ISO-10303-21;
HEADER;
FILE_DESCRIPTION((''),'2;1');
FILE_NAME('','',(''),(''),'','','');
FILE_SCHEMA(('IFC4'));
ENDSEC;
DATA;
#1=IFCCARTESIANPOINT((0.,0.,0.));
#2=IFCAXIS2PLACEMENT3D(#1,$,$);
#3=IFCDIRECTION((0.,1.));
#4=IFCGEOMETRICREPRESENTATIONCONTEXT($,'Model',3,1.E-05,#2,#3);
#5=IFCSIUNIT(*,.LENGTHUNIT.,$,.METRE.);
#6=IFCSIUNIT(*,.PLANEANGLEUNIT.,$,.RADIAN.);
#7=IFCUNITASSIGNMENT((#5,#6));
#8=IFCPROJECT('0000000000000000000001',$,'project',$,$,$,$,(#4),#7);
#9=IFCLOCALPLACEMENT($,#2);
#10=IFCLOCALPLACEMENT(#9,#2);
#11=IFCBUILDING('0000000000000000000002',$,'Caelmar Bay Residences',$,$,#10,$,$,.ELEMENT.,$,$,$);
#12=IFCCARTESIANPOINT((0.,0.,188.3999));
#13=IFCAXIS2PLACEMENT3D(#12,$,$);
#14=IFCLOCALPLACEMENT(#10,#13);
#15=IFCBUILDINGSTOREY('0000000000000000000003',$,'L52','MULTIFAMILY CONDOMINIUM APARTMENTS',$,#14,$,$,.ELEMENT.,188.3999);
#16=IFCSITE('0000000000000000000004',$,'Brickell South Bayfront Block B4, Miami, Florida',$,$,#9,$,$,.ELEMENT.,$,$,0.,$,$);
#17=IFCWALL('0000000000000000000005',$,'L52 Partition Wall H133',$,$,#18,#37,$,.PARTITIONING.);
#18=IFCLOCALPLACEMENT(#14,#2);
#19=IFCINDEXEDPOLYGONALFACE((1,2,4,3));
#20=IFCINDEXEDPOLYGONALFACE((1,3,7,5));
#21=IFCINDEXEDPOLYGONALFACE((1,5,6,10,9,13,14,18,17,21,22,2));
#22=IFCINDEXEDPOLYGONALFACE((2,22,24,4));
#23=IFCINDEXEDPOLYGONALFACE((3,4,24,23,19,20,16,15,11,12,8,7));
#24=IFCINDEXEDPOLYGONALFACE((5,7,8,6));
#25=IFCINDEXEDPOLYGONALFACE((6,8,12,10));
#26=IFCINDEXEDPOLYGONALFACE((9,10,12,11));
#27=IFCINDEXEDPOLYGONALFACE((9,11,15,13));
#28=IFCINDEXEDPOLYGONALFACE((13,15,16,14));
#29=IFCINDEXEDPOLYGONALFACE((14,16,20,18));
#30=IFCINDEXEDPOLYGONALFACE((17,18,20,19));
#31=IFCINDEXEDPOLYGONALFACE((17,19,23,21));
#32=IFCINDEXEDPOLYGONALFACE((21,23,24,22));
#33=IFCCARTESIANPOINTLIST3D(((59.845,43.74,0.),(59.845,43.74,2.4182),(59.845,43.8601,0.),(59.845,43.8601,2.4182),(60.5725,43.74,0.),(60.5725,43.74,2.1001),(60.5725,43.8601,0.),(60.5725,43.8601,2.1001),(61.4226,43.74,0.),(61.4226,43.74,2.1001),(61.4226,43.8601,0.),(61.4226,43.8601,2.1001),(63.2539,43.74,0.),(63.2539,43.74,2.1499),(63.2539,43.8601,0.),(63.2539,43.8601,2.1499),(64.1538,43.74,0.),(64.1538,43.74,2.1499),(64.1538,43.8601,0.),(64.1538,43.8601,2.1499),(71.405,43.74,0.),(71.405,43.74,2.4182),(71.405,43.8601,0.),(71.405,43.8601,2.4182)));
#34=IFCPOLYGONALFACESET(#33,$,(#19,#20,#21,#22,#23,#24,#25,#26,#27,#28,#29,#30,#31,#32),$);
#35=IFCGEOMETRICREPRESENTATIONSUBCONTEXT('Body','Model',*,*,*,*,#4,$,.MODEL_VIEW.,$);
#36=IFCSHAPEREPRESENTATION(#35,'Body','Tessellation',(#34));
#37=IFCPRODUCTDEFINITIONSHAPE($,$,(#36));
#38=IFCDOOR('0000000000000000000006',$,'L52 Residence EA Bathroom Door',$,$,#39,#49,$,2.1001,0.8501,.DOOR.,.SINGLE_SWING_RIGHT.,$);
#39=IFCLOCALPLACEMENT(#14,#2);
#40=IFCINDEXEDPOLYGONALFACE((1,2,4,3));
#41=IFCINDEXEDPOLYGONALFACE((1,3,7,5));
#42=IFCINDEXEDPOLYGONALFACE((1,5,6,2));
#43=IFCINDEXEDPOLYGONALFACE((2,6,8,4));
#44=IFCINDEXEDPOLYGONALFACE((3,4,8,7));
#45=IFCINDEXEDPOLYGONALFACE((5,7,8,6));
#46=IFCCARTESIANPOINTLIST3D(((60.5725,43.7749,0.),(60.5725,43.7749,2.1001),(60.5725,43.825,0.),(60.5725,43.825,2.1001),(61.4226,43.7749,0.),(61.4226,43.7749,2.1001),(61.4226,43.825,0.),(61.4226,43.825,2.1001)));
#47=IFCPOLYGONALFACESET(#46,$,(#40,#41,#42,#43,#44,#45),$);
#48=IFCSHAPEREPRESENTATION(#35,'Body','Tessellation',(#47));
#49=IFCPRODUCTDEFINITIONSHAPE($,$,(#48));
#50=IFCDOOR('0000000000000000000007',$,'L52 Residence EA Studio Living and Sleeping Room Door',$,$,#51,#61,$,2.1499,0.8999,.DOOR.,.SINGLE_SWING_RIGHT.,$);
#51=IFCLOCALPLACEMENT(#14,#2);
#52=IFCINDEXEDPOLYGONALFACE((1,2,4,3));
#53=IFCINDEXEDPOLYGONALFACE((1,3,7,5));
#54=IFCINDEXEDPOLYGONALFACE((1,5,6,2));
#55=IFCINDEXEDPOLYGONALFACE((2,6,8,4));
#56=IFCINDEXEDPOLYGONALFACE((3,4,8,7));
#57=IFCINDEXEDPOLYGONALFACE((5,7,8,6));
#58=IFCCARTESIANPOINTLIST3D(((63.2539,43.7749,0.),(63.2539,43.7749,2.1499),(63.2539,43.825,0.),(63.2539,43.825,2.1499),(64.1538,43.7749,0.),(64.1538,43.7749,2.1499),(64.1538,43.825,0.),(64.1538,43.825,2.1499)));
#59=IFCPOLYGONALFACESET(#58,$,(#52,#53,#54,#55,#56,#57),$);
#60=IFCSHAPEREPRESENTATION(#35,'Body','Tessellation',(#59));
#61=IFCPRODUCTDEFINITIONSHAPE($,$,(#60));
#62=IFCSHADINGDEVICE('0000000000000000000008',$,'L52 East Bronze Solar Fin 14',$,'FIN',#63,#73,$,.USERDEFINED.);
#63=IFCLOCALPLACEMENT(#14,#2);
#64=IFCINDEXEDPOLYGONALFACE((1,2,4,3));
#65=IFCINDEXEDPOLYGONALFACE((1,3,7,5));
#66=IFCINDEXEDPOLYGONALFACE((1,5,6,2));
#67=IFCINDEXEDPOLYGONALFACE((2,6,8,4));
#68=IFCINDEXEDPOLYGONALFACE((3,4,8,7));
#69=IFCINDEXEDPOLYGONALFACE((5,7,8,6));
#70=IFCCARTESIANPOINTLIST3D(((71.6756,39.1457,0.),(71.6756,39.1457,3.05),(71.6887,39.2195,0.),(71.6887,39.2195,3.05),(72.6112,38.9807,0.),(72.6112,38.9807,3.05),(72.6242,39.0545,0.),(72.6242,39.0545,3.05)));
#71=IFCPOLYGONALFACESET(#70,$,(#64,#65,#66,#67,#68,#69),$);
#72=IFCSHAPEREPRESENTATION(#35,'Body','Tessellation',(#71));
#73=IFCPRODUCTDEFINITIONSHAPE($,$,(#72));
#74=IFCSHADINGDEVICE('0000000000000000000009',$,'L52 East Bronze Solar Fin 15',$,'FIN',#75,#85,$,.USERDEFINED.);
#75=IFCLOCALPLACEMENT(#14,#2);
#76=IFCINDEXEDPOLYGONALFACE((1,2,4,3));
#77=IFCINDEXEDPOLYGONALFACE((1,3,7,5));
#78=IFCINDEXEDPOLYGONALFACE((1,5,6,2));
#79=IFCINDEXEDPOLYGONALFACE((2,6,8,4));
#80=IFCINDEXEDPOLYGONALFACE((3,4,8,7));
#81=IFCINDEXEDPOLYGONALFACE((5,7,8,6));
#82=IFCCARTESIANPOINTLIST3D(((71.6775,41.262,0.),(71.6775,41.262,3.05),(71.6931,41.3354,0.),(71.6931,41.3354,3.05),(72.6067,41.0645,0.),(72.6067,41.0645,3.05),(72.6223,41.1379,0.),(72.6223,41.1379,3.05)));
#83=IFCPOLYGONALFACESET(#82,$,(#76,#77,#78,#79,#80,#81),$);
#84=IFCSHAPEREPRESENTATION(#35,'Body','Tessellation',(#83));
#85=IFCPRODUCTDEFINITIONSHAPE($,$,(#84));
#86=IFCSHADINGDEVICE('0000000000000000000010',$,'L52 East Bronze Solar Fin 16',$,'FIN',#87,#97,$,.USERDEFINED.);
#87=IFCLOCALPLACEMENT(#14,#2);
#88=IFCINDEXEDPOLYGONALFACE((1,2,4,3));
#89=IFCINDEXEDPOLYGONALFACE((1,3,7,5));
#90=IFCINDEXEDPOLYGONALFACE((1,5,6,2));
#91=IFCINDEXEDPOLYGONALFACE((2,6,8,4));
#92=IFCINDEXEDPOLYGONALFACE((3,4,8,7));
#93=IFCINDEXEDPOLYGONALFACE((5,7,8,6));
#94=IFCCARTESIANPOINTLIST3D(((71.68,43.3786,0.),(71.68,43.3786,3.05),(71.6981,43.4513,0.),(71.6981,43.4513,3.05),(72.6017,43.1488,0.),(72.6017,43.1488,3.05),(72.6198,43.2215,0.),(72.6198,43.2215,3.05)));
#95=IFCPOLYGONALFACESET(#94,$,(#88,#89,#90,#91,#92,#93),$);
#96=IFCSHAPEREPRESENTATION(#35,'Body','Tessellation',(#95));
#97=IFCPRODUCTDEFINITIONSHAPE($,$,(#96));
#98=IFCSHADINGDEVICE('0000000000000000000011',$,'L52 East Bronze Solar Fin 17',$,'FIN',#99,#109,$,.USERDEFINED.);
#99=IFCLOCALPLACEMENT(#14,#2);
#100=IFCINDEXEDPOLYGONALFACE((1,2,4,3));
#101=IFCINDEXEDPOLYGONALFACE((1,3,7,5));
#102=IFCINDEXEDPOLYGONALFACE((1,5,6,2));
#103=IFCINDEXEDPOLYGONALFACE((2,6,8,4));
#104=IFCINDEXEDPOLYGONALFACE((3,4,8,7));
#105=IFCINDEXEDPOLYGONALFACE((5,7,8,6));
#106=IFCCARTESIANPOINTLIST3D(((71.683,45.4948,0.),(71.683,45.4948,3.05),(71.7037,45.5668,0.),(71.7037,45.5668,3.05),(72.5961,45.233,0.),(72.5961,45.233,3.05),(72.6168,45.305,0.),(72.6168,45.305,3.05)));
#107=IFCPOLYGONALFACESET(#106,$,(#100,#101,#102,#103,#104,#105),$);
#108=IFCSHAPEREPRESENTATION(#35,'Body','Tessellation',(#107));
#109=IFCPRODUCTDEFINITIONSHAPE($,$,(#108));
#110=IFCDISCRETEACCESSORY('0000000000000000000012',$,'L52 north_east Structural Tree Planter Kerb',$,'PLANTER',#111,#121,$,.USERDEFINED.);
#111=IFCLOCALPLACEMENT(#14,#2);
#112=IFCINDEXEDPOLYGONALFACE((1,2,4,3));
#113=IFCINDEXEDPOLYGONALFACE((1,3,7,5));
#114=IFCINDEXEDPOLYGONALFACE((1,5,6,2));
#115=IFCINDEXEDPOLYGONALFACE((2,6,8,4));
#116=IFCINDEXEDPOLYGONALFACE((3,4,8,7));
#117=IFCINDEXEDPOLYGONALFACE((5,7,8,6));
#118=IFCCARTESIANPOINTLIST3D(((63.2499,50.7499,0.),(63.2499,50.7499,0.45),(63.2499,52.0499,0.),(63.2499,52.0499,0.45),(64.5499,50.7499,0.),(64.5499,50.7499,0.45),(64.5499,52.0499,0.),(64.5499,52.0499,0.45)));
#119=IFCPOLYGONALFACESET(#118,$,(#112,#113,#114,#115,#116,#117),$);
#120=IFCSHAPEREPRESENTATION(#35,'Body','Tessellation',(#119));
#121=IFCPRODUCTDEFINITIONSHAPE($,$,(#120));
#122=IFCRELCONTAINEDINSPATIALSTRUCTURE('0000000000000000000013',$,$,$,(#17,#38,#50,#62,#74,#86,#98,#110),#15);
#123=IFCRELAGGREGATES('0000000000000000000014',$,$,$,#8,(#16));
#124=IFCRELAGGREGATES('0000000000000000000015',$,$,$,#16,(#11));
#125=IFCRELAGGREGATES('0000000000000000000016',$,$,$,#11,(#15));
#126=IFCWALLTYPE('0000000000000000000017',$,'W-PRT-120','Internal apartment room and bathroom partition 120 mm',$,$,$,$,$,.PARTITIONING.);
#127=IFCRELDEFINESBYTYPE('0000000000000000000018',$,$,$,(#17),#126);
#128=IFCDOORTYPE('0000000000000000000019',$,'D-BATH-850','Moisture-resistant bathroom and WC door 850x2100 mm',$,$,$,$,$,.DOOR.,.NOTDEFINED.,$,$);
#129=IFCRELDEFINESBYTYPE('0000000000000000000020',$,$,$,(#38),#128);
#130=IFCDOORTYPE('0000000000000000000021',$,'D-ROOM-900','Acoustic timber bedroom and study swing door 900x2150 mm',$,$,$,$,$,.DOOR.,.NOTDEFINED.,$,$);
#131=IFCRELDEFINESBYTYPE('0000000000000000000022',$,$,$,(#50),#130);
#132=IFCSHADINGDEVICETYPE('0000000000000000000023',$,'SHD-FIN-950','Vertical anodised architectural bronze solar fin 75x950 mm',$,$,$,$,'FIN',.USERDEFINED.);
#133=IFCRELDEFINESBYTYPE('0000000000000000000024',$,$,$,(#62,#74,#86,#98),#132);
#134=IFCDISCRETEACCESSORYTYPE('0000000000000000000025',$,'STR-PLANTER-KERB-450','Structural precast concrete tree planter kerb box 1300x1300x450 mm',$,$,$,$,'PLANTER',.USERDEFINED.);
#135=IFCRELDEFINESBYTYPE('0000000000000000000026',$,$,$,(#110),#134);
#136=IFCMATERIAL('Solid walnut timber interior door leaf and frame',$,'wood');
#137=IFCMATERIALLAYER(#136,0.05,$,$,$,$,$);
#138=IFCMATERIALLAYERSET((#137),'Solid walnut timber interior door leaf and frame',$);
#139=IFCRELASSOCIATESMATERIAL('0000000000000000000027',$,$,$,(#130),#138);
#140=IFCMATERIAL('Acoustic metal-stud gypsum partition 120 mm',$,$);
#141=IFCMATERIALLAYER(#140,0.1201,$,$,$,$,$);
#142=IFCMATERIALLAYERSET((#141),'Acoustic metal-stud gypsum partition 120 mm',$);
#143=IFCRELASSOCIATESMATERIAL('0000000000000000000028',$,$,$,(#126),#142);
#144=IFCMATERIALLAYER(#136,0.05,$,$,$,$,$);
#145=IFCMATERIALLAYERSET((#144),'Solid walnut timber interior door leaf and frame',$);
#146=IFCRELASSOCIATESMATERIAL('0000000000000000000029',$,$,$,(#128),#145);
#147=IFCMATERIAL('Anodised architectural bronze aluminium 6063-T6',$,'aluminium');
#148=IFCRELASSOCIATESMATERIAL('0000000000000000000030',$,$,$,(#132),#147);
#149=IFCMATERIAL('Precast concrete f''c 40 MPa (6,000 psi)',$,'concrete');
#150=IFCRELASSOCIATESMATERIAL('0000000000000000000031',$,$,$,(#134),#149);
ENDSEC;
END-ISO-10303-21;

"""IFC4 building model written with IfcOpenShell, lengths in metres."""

from ifc_helpers import new_model, si_unit, direction, frame, frame_2d, origin, origin_2d, place, context, subcontext, project, spatial, rectangle, extrude, material, layer, layer_set, material_profile, profile_set, type_object, element, fill, save


model = new_model("IFC4")

# Units and contexts
model_context = context("Model", 3, precision=1e-05, world=origin(), true_north=direction((0.0, 1.0)))
body_context = subcontext(model_context, "Body", "Model", "MODEL_VIEW")
ifc_project = project(units=[si_unit("LENGTHUNIT", "METRE"), si_unit("PLANEANGLEUNIT", "RADIAN")], contexts=[model_context])

# Site, building, storey
site_placement = place(None, origin())
site = spatial("IfcSite", under=ifc_project, at=site_placement, Name="Brickell South Bayfront Block B4, Miami, Florida", CompositionType="ELEMENT", RefElevation=0.0)
building_placement = place(site_placement, origin())
building = spatial("IfcBuilding", under=site, at=building_placement, Name="Caelmar Bay Residences", CompositionType="ELEMENT")
storey_placement = place(building_placement, frame((0.0, 0.0, 188.3999)))
storey = spatial("IfcBuildingStorey", under=building, at=storey_placement, Name="L52", Description="MULTIFAMILY CONDOMINIUM APARTMENTS", CompositionType="ELEMENT", Elevation=188.3999)

# Shared definitions
ifc_material_1 = material(Name="Precast concrete f'c 40 MPa (6,000 psi)", Category="concrete")

# Shared definitions
ifc_material_2 = material(Name="Solid walnut timber interior door leaf and frame", Category="wood")
ifc_layer_1 = layer(ifc_material_2, 0.05)
ifc_layer_set_1 = layer_set([ifc_layer_1], Name="Solid walnut timber interior door leaf and frame")
door_type_1 = type_object("IfcDoorType", Name="D-ROOM-900", Description="Acoustic timber bedroom and study swing door 900x2150 mm", OperationType="NOTDEFINED", PredefinedType="DOOR", material=ifc_layer_set_1)
ifc_material_3 = material(Name="Acoustic metal-stud gypsum partition 120 mm")
ifc_layer_2 = layer(ifc_material_3, 0.1201)
ifc_layer_set_2 = layer_set([ifc_layer_2], Name="Acoustic metal-stud gypsum partition 120 mm")
wall_type_1 = type_object("IfcWallType", Name="W-PRT-120", Description="Internal apartment room and bathroom partition 120 mm", PredefinedType="PARTITIONING", material=ifc_layer_set_2)

# Wall, openings, doors
wall_1_placement = place(storey_placement, frame((59.845, 43.8, 0.0), z_axis=(0.0, 0.0, 1.0), x_axis=(1.0, 0.0, 0.0)))
wall_1 = element("IfcWall", 1, at=wall_1_placement, inside=storey, type_object=wall_type_1, Name="L52 Partition Wall H133", PredefinedType="PARTITIONING", context=body_context, shape_type="SweptSolid", body=[
    extrude(rectangle(XDim=11.5601, YDim=0.1201, at=frame_2d((5.78, 0.0))), origin(), (0.0, 0.0, 1.0), 2.4182),
])
opening_1_placement = place(wall_1_placement, frame((3.4089, 0.0, 0.0)))
opening_1 = element("IfcOpeningElement", 2, at=opening_1_placement, cuts=wall_1, PredefinedType="OPENING", context=body_context, shape_type="SweptSolid", body=[
    extrude(rectangle(XDim=0.8999, YDim=2.1499, at=frame_2d((0.45, 1.075))), frame((0.0, 0.0701, 0.0), z_axis=(0.0, -1.0, 0.0), x_axis=(1.0, 0.0, 0.0)), (0.0, 0.0, 1.0), 0.1401),
])
opening_2_placement = place(wall_1_placement, frame((0.7275, 0.0, 0.0)))
opening_2 = element("IfcOpeningElement", 3, at=opening_2_placement, cuts=wall_1, PredefinedType="OPENING", context=body_context, shape_type="SweptSolid", body=[
    extrude(rectangle(XDim=0.8501, YDim=2.1001, at=frame_2d((0.425, 1.05))), frame((0.0, 0.0701, 0.0), z_axis=(0.0, -1.0, 0.0), x_axis=(1.0, 0.0, 0.0)), (0.0, 0.0, 1.0), 0.1401),
])
ifc_layer_3 = layer(ifc_material_2, 0.05)
ifc_layer_set_3 = layer_set([ifc_layer_3], Name="Solid walnut timber interior door leaf and frame")
door_type_2 = type_object("IfcDoorType", Name="D-BATH-850", Description="Moisture-resistant bathroom and WC door 850x2100 mm", OperationType="NOTDEFINED", PredefinedType="DOOR", material=ifc_layer_set_3)
door_1_placement = place(opening_2_placement, origin())
door_1 = element("IfcDoor", 4, at=door_1_placement, inside=storey, type_object=door_type_2, Name="L52 Residence EA Bathroom Door", OperationType="SINGLE_SWING_RIGHT", OverallHeight=2.1001, OverallWidth=0.8501, PredefinedType="DOOR", context=body_context, shape_type="SweptSolid", body=[
    extrude(rectangle(XDim=0.8501, YDim=2.1001, at=frame_2d((0.425, 1.05))), frame((0.0, 0.0249, 0.0), z_axis=(0.0, -1.0, 0.0), x_axis=(1.0, 0.0, 0.0)), (0.0, 0.0, 1.0), 0.05),
])
fill(opening_2, door_1)
door_2_placement = place(opening_1_placement, origin())
door_2 = element("IfcDoor", 5, at=door_2_placement, inside=storey, type_object=door_type_1, Name="L52 Residence EA Studio Living and Sleeping Room Door", OperationType="SINGLE_SWING_RIGHT", OverallHeight=2.1499, OverallWidth=0.8999, PredefinedType="DOOR", context=body_context, shape_type="SweptSolid", body=[
    extrude(rectangle(XDim=0.8999, YDim=2.1499, at=frame_2d((0.45, 1.075))), frame((0.0, 0.0249, 0.0), z_axis=(0.0, -1.0, 0.0), x_axis=(1.0, 0.0, 0.0)), (0.0, 0.0, 1.0), 0.05),
])
fill(opening_1, door_2)

# Shading devices
ifc_material_4 = material(Name="Anodised architectural bronze aluminium 6063-T6", Category="aluminium")
ifc_material_profile_1 = material_profile(ifc_material_4, rectangle(XDim=0.075, YDim=0.95, at=origin_2d()), Name="BRONZE-FIN-75X950")
ifc_profile_set_1 = profile_set([ifc_material_profile_1], Name="Anodised architectural bronze aluminium 6063-T6")
shading_device_type = type_object("IfcShadingDeviceType", Name="SHD-FIN-950", Description="Vertical anodised architectural bronze solar fin 75x950 mm", ElementType="FIN", PredefinedType="USERDEFINED", material=ifc_profile_set_1)
for number, where, z_axis, x_axis, name in (
    (6, (72.1499, 39.1001, 0.0), (0.0, 0.0, 1.0), (0.173648, 0.984808, 0.0), "L52 East Bronze Solar Fin 14"),
    (7, (72.1499, 41.2, 0.0), (0.0, 0.0, 1.0), (0.207912, 0.978148, 0.0), "L52 East Bronze Solar Fin 15"),
    (8, (72.1499, 43.3, 0.0), (0.0, 0.0, 1.0), (0.241922, 0.970296, 0.0), "L52 East Bronze Solar Fin 16"),
    (9, (72.1499, 45.3999, 0.0), (0.0, 0.0, 1.0), (0.275637, 0.961262, 0.0), "L52 East Bronze Solar Fin 17"),
):
    element("IfcShadingDevice", number, at=place(storey_placement, frame(where, z_axis=z_axis, x_axis=x_axis)), inside=storey, type_object=shading_device_type, Name=name, ObjectType="FIN", PredefinedType="USERDEFINED", context=body_context, shape_type="SweptSolid", body=[
        extrude(rectangle(XDim=0.075, YDim=0.95, at=origin_2d()), origin(), (0.0, 0.0, 1.0), 3.05),
    ])

# Discrete accessory
discrete_accessory_type = type_object("IfcDiscreteAccessoryType", Name="STR-PLANTER-KERB-450", Description="Structural precast concrete tree planter kerb box 1300x1300x450 mm", ElementType="PLANTER", PredefinedType="USERDEFINED", material=ifc_material_1)
discrete_accessory_placement = place(storey_placement, frame((63.8999, 51.3999, 0.0), z_axis=(0.0, 0.0, 1.0), x_axis=(1.0, 0.0, 0.0)))
element("IfcDiscreteAccessory", 10, at=discrete_accessory_placement, inside=storey, type_object=discrete_accessory_type, Name="L52 north_east Structural Tree Planter Kerb", ObjectType="PLANTER", PredefinedType="USERDEFINED", context=body_context, shape_type="SweptSolid", body=[
    extrude(rectangle(XDim=1.3, YDim=1.3, at=origin_2d()), origin(), (0.0, 0.0, 1.0), 0.45),
])

save(model, "model.ifc")
